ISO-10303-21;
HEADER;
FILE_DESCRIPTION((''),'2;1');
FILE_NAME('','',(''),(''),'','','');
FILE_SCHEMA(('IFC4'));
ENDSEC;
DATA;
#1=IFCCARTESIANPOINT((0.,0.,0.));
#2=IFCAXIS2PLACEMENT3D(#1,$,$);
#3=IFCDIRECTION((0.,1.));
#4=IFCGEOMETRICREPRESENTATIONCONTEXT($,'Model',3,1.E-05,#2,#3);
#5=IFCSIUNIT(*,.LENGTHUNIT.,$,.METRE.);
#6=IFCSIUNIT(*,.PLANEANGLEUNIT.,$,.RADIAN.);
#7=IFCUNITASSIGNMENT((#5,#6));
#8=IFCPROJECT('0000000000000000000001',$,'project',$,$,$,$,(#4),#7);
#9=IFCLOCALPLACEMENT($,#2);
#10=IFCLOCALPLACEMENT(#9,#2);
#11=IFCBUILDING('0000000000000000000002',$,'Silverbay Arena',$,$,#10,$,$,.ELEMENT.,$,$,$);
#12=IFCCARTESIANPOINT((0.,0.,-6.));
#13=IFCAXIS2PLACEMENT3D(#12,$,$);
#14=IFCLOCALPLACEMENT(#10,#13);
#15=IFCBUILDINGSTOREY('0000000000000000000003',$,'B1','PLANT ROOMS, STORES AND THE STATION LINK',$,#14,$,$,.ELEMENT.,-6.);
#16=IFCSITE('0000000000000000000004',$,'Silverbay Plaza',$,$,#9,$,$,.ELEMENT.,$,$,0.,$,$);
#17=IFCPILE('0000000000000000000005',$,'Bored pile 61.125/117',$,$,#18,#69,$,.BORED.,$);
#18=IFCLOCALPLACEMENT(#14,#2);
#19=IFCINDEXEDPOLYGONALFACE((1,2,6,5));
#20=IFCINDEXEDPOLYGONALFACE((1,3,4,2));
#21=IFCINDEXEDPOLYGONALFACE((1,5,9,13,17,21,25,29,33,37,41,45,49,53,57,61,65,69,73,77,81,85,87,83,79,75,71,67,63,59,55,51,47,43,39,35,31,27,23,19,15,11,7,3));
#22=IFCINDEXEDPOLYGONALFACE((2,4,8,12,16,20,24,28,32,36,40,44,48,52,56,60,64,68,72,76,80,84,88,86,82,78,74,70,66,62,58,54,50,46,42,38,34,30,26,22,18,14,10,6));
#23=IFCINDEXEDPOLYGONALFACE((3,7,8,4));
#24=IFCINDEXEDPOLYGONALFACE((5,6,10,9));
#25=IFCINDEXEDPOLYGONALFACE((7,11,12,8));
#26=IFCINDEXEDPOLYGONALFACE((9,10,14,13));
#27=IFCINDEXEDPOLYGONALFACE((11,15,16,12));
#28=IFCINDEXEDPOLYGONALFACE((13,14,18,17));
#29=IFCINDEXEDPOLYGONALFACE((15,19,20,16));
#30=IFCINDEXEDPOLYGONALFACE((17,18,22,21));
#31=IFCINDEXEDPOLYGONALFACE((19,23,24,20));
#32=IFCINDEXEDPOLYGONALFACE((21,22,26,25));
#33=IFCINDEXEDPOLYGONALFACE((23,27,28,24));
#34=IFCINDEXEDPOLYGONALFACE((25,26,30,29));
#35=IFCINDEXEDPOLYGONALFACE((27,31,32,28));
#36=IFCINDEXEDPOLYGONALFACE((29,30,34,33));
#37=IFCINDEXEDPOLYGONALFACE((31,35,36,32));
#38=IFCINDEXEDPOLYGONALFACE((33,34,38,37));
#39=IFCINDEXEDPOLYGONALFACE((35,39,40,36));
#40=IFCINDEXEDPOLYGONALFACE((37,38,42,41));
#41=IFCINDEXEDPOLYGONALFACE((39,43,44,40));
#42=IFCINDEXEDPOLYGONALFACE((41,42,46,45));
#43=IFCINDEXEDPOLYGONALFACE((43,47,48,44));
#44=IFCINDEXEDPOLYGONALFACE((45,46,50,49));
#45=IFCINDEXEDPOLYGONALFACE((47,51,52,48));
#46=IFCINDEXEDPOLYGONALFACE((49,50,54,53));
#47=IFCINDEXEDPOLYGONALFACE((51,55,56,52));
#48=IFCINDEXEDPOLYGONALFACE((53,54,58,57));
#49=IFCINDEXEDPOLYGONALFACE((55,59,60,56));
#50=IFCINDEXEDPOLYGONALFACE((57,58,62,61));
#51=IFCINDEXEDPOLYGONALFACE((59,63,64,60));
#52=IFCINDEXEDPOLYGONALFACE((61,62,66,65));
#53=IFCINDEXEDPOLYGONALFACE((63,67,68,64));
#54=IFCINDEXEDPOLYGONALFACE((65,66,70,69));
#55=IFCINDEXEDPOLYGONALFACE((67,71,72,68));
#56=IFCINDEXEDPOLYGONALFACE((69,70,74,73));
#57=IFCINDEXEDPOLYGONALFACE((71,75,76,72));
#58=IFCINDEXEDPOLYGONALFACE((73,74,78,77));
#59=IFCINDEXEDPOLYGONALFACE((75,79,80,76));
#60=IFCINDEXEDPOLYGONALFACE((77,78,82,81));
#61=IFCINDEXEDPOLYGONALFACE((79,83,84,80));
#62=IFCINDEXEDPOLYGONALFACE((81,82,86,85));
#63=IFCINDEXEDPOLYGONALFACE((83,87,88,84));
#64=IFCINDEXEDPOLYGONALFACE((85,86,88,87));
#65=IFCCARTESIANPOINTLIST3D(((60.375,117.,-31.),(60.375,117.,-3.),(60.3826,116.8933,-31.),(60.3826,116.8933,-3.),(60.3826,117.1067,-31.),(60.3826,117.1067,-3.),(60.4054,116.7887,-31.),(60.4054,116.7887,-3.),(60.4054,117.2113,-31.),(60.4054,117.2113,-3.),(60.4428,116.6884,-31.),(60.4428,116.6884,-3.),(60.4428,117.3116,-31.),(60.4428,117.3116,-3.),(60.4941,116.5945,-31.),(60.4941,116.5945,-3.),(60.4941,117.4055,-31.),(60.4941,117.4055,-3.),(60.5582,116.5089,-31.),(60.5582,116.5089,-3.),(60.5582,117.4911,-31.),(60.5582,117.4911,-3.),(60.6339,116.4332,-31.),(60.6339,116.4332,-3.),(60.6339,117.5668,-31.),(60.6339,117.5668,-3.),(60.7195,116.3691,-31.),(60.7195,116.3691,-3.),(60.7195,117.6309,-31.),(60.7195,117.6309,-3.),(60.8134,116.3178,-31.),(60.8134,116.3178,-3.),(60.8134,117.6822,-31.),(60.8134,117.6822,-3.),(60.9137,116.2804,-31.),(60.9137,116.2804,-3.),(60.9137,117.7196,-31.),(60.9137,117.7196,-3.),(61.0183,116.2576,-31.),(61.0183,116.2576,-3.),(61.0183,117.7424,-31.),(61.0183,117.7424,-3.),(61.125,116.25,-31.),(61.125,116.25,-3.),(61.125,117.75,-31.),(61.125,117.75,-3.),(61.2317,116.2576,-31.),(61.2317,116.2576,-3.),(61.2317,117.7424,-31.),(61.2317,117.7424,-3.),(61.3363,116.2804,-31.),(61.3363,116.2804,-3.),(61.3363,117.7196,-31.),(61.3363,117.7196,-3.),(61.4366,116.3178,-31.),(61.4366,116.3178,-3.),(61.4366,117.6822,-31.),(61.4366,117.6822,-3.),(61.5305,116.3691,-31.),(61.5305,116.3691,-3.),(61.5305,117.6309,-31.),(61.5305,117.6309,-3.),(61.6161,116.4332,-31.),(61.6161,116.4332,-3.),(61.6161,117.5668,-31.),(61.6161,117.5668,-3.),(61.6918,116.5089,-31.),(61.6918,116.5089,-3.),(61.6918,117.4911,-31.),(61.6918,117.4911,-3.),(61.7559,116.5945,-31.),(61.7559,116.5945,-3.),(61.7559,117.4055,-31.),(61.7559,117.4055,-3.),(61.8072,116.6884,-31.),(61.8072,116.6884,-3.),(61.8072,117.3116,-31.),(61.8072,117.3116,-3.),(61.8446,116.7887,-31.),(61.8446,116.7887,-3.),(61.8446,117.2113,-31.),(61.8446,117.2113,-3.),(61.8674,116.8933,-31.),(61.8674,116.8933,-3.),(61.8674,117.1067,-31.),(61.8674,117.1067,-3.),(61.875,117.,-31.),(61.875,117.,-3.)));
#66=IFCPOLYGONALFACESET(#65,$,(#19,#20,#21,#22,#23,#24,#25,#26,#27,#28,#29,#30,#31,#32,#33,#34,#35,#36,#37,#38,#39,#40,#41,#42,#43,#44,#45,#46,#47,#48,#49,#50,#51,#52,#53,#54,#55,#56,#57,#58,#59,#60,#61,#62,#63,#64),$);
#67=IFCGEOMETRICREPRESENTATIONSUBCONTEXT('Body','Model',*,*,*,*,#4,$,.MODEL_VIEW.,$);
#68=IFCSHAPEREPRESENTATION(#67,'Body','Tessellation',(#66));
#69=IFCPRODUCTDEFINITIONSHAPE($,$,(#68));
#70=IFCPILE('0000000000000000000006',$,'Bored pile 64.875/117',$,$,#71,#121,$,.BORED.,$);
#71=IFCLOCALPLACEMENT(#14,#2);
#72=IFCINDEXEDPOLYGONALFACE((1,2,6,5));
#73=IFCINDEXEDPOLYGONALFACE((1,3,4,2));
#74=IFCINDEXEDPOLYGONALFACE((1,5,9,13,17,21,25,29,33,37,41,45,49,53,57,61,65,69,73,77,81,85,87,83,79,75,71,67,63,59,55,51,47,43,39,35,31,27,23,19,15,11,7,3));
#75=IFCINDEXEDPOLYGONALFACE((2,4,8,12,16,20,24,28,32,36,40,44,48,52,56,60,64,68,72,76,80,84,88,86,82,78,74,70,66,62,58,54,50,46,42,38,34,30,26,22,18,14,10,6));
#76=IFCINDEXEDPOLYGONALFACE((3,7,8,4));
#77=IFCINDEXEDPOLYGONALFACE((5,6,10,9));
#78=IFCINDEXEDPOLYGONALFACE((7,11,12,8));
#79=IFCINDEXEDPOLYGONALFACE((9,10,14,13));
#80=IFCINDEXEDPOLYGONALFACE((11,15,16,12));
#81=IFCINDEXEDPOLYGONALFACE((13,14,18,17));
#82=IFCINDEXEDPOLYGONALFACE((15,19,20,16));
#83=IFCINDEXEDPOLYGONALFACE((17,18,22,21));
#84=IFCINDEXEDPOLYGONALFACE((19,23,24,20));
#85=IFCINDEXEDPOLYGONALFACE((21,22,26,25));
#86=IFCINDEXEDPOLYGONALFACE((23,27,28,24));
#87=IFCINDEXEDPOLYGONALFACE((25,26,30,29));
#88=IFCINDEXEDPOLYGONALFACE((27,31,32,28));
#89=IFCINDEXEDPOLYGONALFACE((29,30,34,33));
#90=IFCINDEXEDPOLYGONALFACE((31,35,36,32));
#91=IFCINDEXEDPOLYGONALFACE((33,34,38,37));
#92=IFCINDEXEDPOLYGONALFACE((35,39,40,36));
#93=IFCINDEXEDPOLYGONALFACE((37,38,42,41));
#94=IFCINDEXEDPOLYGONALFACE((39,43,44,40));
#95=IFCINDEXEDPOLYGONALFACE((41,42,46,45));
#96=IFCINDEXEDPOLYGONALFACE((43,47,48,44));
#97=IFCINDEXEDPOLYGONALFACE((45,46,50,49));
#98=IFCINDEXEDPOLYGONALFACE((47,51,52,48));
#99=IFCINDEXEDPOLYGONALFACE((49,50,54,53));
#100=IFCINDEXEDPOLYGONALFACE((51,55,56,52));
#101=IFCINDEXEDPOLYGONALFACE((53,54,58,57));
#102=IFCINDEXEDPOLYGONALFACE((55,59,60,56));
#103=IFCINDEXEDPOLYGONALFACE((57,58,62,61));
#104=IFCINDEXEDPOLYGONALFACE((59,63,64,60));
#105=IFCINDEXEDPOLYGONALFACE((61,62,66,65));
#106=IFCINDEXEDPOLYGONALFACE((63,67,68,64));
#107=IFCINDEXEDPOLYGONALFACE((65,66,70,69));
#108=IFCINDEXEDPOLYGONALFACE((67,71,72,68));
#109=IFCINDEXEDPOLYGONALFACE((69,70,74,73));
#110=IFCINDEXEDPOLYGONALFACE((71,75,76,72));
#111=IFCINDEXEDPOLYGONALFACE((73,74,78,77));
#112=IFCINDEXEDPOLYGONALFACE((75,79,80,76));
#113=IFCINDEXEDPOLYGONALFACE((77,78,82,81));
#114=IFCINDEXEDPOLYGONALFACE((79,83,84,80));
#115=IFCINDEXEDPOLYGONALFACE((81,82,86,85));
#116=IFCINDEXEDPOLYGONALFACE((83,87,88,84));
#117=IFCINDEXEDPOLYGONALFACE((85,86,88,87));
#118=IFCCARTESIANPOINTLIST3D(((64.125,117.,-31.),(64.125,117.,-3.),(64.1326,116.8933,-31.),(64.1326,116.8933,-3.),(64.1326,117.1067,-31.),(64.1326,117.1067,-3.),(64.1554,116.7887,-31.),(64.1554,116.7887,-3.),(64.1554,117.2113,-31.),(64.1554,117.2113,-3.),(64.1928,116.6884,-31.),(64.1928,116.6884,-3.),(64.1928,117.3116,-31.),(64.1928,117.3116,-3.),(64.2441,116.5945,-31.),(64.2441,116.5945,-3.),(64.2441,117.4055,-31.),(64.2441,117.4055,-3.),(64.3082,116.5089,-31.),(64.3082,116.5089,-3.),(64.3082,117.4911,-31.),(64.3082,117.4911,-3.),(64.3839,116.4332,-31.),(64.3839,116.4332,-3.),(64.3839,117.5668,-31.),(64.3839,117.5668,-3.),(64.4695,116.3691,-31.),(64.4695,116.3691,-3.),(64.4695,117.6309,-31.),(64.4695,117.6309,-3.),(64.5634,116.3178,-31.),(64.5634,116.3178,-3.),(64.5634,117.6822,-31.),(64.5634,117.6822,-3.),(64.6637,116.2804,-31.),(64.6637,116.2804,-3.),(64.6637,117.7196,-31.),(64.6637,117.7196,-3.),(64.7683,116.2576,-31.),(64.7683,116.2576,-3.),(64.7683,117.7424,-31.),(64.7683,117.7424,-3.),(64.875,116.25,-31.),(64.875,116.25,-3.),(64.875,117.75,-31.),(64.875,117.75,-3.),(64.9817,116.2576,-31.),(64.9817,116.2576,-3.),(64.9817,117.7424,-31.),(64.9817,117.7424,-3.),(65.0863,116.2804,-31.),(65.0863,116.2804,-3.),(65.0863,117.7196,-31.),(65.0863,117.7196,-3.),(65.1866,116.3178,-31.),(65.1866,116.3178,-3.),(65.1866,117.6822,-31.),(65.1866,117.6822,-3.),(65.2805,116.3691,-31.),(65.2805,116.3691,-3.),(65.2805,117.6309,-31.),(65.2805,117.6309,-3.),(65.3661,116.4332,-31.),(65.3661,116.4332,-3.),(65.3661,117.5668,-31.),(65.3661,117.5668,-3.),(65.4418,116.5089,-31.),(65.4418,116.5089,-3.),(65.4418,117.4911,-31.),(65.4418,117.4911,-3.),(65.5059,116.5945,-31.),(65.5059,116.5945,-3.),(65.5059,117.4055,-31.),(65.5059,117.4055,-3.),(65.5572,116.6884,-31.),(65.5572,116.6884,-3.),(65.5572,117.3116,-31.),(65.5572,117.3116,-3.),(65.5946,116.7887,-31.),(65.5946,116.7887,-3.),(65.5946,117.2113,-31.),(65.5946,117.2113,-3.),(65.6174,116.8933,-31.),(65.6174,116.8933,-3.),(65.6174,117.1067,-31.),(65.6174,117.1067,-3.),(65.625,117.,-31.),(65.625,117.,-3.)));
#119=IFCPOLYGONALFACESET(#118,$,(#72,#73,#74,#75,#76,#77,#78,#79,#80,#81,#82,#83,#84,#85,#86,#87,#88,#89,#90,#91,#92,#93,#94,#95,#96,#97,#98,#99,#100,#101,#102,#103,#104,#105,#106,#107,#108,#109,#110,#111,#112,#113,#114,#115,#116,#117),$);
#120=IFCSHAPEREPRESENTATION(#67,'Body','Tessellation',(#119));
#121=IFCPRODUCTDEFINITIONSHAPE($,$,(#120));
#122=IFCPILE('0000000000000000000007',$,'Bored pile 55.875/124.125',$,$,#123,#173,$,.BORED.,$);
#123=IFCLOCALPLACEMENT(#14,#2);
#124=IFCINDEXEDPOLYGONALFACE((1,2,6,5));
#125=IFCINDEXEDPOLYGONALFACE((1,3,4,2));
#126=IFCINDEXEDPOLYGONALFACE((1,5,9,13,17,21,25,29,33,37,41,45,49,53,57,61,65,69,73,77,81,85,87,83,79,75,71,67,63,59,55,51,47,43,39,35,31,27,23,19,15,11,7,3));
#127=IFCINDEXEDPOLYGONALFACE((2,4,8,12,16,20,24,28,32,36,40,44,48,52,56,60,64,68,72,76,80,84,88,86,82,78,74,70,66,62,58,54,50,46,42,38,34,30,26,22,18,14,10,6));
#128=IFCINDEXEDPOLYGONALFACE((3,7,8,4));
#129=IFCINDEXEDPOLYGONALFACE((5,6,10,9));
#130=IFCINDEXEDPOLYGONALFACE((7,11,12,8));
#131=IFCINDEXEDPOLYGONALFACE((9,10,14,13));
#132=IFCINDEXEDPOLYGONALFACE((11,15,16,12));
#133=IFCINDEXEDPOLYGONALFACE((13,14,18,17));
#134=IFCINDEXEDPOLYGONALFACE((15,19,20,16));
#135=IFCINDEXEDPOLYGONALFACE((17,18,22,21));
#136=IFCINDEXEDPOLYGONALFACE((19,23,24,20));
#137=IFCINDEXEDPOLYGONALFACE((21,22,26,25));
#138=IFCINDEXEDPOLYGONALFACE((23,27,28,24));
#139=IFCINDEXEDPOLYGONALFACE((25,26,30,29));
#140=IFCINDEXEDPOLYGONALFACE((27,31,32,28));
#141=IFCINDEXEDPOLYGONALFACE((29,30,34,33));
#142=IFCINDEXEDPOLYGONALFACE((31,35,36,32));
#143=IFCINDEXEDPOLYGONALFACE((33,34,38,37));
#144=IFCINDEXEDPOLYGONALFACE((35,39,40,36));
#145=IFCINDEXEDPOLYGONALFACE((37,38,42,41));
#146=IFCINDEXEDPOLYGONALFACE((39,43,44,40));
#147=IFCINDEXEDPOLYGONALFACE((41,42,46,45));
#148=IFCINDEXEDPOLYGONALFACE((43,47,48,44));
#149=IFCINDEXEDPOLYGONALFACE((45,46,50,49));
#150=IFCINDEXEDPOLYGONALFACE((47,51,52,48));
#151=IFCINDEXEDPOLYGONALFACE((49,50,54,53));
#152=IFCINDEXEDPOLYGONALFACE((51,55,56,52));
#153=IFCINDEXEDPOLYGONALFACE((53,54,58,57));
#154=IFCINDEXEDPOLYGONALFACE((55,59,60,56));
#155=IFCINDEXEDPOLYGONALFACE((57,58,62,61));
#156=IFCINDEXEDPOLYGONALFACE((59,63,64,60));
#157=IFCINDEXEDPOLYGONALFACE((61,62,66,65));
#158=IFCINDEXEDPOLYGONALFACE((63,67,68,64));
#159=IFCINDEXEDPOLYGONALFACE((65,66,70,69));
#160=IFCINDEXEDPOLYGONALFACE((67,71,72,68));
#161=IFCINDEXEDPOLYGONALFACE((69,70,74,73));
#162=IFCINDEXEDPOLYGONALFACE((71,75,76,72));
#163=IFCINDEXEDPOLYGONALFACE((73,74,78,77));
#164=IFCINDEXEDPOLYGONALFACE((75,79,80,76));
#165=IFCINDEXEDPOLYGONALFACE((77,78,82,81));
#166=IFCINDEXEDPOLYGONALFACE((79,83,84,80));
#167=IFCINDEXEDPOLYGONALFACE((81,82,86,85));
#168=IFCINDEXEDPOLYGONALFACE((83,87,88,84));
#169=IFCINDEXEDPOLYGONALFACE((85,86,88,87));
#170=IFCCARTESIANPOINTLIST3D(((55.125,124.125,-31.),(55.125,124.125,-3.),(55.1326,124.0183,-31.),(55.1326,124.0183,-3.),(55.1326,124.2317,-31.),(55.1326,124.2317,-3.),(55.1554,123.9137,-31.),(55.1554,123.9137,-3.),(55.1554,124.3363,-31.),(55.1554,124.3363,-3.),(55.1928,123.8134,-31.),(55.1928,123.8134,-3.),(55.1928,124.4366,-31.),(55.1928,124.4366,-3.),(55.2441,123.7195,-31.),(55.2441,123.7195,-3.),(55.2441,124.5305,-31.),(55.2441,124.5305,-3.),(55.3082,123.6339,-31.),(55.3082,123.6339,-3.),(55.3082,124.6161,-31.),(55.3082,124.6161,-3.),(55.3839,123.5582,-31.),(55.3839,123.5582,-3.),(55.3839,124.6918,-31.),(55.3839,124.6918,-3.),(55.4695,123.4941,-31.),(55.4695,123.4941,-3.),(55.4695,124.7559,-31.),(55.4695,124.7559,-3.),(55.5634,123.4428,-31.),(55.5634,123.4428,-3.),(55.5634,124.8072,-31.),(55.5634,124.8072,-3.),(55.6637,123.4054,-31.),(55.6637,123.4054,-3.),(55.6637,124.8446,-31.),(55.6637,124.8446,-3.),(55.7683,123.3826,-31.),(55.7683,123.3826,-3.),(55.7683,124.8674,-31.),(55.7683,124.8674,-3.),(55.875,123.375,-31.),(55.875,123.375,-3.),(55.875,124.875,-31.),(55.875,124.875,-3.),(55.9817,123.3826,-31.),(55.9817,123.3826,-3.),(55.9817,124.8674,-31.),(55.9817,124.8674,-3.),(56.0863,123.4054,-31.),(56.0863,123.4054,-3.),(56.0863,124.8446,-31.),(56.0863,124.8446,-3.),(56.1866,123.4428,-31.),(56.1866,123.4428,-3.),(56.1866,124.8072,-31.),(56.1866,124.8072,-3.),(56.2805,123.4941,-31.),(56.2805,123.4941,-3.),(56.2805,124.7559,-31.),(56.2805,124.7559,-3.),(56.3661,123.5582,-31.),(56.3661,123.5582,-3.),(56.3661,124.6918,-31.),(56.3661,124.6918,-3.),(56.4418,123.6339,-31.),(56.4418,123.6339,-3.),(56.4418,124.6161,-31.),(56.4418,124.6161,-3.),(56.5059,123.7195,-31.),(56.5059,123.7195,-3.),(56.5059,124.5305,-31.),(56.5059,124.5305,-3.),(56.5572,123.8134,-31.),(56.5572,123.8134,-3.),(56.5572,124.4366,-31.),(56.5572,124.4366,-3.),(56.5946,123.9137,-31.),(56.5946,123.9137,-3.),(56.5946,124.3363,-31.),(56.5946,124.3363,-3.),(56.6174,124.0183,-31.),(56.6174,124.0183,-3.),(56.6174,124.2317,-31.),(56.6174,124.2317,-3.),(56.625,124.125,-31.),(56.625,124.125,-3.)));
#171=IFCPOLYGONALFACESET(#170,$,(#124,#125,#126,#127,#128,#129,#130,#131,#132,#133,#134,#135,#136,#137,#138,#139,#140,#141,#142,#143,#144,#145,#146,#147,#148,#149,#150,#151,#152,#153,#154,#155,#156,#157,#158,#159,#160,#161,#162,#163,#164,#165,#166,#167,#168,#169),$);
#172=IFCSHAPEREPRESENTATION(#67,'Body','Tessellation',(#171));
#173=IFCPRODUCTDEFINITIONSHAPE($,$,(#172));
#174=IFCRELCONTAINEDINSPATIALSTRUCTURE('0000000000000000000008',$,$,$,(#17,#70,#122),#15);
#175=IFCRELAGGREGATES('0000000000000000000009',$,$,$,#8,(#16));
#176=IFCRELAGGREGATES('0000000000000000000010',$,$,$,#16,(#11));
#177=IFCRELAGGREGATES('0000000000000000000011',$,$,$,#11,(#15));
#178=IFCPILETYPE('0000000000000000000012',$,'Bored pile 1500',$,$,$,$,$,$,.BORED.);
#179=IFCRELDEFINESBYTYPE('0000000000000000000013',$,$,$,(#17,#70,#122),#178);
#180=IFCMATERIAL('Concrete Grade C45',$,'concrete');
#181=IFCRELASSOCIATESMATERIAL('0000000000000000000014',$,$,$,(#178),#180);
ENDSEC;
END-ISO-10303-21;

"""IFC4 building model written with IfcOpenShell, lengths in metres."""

from ifc_helpers import new_model, si_unit, direction, frame, origin, origin_2d, place, context, subcontext, project, spatial, circle, extrude, material, material_profile, profile_set, type_object, element, save


model = new_model("IFC4")

# Units and contexts
model_context = context("Model", 3, precision=1e-05, world=origin(), true_north=direction((0.0, 1.0)))
body_context = subcontext(model_context, "Body", "Model", "MODEL_VIEW")
ifc_project = project(units=[si_unit("LENGTHUNIT", "METRE"), si_unit("PLANEANGLEUNIT", "RADIAN")], contexts=[model_context])

# Site, building, storey
site_placement = place(None, origin())
site = spatial("IfcSite", under=ifc_project, at=site_placement, Name="Silverbay Plaza", CompositionType="ELEMENT", RefElevation=0.0)
building_placement = place(site_placement, origin())
building = spatial("IfcBuilding", under=site, at=building_placement, Name="Silverbay Arena", CompositionType="ELEMENT")
storey_placement = place(building_placement, frame((0.0, 0.0, -6.0)))
storey = spatial("IfcBuildingStorey", under=building, at=storey_placement, Name="B1", Description="PLANT ROOMS, STORES AND THE STATION LINK", CompositionType="ELEMENT", Elevation=-6.0)

# Piles
ifc_material_1 = material(Name="Concrete Grade C45", Category="concrete")
ifc_material_profile_1 = material_profile(ifc_material_1, circle(Radius=0.75, at=origin_2d()), Name="Bored pile 1500")
ifc_profile_set_1 = profile_set([ifc_material_profile_1], Name="Concrete Grade C45")
pile_type_1 = type_object("IfcPileType", Name="Bored pile 1500", PredefinedType="BORED", material=ifc_profile_set_1)
for number, where, z_axis, x_axis, name in (
    (1, (61.125, 117.0, -3.0), (0.0, 0.0, -1.0), (1.0, 0.0, 0.0), "Bored pile 61.125/117"),
    (2, (64.875, 117.0, -3.0), (0.0, 0.0, -1.0), (1.0, 0.0, 0.0), "Bored pile 64.875/117"),
    (3, (55.875, 124.125, -3.0), (0.0, 0.0, -1.0), (1.0, 0.0, 0.0), "Bored pile 55.875/124.125"),
):
    element("IfcPile", number, at=place(storey_placement, frame(where, z_axis=z_axis, x_axis=x_axis)), inside=storey, type_object=pile_type_1, Name=name, PredefinedType="BORED", context=body_context, shape_type="SweptSolid", body=[
        extrude(circle(Radius=0.75, at=origin_2d()), origin(), (0.0, 0.0, 1.0), 28.0),
    ])

save(model, "model.ifc")
